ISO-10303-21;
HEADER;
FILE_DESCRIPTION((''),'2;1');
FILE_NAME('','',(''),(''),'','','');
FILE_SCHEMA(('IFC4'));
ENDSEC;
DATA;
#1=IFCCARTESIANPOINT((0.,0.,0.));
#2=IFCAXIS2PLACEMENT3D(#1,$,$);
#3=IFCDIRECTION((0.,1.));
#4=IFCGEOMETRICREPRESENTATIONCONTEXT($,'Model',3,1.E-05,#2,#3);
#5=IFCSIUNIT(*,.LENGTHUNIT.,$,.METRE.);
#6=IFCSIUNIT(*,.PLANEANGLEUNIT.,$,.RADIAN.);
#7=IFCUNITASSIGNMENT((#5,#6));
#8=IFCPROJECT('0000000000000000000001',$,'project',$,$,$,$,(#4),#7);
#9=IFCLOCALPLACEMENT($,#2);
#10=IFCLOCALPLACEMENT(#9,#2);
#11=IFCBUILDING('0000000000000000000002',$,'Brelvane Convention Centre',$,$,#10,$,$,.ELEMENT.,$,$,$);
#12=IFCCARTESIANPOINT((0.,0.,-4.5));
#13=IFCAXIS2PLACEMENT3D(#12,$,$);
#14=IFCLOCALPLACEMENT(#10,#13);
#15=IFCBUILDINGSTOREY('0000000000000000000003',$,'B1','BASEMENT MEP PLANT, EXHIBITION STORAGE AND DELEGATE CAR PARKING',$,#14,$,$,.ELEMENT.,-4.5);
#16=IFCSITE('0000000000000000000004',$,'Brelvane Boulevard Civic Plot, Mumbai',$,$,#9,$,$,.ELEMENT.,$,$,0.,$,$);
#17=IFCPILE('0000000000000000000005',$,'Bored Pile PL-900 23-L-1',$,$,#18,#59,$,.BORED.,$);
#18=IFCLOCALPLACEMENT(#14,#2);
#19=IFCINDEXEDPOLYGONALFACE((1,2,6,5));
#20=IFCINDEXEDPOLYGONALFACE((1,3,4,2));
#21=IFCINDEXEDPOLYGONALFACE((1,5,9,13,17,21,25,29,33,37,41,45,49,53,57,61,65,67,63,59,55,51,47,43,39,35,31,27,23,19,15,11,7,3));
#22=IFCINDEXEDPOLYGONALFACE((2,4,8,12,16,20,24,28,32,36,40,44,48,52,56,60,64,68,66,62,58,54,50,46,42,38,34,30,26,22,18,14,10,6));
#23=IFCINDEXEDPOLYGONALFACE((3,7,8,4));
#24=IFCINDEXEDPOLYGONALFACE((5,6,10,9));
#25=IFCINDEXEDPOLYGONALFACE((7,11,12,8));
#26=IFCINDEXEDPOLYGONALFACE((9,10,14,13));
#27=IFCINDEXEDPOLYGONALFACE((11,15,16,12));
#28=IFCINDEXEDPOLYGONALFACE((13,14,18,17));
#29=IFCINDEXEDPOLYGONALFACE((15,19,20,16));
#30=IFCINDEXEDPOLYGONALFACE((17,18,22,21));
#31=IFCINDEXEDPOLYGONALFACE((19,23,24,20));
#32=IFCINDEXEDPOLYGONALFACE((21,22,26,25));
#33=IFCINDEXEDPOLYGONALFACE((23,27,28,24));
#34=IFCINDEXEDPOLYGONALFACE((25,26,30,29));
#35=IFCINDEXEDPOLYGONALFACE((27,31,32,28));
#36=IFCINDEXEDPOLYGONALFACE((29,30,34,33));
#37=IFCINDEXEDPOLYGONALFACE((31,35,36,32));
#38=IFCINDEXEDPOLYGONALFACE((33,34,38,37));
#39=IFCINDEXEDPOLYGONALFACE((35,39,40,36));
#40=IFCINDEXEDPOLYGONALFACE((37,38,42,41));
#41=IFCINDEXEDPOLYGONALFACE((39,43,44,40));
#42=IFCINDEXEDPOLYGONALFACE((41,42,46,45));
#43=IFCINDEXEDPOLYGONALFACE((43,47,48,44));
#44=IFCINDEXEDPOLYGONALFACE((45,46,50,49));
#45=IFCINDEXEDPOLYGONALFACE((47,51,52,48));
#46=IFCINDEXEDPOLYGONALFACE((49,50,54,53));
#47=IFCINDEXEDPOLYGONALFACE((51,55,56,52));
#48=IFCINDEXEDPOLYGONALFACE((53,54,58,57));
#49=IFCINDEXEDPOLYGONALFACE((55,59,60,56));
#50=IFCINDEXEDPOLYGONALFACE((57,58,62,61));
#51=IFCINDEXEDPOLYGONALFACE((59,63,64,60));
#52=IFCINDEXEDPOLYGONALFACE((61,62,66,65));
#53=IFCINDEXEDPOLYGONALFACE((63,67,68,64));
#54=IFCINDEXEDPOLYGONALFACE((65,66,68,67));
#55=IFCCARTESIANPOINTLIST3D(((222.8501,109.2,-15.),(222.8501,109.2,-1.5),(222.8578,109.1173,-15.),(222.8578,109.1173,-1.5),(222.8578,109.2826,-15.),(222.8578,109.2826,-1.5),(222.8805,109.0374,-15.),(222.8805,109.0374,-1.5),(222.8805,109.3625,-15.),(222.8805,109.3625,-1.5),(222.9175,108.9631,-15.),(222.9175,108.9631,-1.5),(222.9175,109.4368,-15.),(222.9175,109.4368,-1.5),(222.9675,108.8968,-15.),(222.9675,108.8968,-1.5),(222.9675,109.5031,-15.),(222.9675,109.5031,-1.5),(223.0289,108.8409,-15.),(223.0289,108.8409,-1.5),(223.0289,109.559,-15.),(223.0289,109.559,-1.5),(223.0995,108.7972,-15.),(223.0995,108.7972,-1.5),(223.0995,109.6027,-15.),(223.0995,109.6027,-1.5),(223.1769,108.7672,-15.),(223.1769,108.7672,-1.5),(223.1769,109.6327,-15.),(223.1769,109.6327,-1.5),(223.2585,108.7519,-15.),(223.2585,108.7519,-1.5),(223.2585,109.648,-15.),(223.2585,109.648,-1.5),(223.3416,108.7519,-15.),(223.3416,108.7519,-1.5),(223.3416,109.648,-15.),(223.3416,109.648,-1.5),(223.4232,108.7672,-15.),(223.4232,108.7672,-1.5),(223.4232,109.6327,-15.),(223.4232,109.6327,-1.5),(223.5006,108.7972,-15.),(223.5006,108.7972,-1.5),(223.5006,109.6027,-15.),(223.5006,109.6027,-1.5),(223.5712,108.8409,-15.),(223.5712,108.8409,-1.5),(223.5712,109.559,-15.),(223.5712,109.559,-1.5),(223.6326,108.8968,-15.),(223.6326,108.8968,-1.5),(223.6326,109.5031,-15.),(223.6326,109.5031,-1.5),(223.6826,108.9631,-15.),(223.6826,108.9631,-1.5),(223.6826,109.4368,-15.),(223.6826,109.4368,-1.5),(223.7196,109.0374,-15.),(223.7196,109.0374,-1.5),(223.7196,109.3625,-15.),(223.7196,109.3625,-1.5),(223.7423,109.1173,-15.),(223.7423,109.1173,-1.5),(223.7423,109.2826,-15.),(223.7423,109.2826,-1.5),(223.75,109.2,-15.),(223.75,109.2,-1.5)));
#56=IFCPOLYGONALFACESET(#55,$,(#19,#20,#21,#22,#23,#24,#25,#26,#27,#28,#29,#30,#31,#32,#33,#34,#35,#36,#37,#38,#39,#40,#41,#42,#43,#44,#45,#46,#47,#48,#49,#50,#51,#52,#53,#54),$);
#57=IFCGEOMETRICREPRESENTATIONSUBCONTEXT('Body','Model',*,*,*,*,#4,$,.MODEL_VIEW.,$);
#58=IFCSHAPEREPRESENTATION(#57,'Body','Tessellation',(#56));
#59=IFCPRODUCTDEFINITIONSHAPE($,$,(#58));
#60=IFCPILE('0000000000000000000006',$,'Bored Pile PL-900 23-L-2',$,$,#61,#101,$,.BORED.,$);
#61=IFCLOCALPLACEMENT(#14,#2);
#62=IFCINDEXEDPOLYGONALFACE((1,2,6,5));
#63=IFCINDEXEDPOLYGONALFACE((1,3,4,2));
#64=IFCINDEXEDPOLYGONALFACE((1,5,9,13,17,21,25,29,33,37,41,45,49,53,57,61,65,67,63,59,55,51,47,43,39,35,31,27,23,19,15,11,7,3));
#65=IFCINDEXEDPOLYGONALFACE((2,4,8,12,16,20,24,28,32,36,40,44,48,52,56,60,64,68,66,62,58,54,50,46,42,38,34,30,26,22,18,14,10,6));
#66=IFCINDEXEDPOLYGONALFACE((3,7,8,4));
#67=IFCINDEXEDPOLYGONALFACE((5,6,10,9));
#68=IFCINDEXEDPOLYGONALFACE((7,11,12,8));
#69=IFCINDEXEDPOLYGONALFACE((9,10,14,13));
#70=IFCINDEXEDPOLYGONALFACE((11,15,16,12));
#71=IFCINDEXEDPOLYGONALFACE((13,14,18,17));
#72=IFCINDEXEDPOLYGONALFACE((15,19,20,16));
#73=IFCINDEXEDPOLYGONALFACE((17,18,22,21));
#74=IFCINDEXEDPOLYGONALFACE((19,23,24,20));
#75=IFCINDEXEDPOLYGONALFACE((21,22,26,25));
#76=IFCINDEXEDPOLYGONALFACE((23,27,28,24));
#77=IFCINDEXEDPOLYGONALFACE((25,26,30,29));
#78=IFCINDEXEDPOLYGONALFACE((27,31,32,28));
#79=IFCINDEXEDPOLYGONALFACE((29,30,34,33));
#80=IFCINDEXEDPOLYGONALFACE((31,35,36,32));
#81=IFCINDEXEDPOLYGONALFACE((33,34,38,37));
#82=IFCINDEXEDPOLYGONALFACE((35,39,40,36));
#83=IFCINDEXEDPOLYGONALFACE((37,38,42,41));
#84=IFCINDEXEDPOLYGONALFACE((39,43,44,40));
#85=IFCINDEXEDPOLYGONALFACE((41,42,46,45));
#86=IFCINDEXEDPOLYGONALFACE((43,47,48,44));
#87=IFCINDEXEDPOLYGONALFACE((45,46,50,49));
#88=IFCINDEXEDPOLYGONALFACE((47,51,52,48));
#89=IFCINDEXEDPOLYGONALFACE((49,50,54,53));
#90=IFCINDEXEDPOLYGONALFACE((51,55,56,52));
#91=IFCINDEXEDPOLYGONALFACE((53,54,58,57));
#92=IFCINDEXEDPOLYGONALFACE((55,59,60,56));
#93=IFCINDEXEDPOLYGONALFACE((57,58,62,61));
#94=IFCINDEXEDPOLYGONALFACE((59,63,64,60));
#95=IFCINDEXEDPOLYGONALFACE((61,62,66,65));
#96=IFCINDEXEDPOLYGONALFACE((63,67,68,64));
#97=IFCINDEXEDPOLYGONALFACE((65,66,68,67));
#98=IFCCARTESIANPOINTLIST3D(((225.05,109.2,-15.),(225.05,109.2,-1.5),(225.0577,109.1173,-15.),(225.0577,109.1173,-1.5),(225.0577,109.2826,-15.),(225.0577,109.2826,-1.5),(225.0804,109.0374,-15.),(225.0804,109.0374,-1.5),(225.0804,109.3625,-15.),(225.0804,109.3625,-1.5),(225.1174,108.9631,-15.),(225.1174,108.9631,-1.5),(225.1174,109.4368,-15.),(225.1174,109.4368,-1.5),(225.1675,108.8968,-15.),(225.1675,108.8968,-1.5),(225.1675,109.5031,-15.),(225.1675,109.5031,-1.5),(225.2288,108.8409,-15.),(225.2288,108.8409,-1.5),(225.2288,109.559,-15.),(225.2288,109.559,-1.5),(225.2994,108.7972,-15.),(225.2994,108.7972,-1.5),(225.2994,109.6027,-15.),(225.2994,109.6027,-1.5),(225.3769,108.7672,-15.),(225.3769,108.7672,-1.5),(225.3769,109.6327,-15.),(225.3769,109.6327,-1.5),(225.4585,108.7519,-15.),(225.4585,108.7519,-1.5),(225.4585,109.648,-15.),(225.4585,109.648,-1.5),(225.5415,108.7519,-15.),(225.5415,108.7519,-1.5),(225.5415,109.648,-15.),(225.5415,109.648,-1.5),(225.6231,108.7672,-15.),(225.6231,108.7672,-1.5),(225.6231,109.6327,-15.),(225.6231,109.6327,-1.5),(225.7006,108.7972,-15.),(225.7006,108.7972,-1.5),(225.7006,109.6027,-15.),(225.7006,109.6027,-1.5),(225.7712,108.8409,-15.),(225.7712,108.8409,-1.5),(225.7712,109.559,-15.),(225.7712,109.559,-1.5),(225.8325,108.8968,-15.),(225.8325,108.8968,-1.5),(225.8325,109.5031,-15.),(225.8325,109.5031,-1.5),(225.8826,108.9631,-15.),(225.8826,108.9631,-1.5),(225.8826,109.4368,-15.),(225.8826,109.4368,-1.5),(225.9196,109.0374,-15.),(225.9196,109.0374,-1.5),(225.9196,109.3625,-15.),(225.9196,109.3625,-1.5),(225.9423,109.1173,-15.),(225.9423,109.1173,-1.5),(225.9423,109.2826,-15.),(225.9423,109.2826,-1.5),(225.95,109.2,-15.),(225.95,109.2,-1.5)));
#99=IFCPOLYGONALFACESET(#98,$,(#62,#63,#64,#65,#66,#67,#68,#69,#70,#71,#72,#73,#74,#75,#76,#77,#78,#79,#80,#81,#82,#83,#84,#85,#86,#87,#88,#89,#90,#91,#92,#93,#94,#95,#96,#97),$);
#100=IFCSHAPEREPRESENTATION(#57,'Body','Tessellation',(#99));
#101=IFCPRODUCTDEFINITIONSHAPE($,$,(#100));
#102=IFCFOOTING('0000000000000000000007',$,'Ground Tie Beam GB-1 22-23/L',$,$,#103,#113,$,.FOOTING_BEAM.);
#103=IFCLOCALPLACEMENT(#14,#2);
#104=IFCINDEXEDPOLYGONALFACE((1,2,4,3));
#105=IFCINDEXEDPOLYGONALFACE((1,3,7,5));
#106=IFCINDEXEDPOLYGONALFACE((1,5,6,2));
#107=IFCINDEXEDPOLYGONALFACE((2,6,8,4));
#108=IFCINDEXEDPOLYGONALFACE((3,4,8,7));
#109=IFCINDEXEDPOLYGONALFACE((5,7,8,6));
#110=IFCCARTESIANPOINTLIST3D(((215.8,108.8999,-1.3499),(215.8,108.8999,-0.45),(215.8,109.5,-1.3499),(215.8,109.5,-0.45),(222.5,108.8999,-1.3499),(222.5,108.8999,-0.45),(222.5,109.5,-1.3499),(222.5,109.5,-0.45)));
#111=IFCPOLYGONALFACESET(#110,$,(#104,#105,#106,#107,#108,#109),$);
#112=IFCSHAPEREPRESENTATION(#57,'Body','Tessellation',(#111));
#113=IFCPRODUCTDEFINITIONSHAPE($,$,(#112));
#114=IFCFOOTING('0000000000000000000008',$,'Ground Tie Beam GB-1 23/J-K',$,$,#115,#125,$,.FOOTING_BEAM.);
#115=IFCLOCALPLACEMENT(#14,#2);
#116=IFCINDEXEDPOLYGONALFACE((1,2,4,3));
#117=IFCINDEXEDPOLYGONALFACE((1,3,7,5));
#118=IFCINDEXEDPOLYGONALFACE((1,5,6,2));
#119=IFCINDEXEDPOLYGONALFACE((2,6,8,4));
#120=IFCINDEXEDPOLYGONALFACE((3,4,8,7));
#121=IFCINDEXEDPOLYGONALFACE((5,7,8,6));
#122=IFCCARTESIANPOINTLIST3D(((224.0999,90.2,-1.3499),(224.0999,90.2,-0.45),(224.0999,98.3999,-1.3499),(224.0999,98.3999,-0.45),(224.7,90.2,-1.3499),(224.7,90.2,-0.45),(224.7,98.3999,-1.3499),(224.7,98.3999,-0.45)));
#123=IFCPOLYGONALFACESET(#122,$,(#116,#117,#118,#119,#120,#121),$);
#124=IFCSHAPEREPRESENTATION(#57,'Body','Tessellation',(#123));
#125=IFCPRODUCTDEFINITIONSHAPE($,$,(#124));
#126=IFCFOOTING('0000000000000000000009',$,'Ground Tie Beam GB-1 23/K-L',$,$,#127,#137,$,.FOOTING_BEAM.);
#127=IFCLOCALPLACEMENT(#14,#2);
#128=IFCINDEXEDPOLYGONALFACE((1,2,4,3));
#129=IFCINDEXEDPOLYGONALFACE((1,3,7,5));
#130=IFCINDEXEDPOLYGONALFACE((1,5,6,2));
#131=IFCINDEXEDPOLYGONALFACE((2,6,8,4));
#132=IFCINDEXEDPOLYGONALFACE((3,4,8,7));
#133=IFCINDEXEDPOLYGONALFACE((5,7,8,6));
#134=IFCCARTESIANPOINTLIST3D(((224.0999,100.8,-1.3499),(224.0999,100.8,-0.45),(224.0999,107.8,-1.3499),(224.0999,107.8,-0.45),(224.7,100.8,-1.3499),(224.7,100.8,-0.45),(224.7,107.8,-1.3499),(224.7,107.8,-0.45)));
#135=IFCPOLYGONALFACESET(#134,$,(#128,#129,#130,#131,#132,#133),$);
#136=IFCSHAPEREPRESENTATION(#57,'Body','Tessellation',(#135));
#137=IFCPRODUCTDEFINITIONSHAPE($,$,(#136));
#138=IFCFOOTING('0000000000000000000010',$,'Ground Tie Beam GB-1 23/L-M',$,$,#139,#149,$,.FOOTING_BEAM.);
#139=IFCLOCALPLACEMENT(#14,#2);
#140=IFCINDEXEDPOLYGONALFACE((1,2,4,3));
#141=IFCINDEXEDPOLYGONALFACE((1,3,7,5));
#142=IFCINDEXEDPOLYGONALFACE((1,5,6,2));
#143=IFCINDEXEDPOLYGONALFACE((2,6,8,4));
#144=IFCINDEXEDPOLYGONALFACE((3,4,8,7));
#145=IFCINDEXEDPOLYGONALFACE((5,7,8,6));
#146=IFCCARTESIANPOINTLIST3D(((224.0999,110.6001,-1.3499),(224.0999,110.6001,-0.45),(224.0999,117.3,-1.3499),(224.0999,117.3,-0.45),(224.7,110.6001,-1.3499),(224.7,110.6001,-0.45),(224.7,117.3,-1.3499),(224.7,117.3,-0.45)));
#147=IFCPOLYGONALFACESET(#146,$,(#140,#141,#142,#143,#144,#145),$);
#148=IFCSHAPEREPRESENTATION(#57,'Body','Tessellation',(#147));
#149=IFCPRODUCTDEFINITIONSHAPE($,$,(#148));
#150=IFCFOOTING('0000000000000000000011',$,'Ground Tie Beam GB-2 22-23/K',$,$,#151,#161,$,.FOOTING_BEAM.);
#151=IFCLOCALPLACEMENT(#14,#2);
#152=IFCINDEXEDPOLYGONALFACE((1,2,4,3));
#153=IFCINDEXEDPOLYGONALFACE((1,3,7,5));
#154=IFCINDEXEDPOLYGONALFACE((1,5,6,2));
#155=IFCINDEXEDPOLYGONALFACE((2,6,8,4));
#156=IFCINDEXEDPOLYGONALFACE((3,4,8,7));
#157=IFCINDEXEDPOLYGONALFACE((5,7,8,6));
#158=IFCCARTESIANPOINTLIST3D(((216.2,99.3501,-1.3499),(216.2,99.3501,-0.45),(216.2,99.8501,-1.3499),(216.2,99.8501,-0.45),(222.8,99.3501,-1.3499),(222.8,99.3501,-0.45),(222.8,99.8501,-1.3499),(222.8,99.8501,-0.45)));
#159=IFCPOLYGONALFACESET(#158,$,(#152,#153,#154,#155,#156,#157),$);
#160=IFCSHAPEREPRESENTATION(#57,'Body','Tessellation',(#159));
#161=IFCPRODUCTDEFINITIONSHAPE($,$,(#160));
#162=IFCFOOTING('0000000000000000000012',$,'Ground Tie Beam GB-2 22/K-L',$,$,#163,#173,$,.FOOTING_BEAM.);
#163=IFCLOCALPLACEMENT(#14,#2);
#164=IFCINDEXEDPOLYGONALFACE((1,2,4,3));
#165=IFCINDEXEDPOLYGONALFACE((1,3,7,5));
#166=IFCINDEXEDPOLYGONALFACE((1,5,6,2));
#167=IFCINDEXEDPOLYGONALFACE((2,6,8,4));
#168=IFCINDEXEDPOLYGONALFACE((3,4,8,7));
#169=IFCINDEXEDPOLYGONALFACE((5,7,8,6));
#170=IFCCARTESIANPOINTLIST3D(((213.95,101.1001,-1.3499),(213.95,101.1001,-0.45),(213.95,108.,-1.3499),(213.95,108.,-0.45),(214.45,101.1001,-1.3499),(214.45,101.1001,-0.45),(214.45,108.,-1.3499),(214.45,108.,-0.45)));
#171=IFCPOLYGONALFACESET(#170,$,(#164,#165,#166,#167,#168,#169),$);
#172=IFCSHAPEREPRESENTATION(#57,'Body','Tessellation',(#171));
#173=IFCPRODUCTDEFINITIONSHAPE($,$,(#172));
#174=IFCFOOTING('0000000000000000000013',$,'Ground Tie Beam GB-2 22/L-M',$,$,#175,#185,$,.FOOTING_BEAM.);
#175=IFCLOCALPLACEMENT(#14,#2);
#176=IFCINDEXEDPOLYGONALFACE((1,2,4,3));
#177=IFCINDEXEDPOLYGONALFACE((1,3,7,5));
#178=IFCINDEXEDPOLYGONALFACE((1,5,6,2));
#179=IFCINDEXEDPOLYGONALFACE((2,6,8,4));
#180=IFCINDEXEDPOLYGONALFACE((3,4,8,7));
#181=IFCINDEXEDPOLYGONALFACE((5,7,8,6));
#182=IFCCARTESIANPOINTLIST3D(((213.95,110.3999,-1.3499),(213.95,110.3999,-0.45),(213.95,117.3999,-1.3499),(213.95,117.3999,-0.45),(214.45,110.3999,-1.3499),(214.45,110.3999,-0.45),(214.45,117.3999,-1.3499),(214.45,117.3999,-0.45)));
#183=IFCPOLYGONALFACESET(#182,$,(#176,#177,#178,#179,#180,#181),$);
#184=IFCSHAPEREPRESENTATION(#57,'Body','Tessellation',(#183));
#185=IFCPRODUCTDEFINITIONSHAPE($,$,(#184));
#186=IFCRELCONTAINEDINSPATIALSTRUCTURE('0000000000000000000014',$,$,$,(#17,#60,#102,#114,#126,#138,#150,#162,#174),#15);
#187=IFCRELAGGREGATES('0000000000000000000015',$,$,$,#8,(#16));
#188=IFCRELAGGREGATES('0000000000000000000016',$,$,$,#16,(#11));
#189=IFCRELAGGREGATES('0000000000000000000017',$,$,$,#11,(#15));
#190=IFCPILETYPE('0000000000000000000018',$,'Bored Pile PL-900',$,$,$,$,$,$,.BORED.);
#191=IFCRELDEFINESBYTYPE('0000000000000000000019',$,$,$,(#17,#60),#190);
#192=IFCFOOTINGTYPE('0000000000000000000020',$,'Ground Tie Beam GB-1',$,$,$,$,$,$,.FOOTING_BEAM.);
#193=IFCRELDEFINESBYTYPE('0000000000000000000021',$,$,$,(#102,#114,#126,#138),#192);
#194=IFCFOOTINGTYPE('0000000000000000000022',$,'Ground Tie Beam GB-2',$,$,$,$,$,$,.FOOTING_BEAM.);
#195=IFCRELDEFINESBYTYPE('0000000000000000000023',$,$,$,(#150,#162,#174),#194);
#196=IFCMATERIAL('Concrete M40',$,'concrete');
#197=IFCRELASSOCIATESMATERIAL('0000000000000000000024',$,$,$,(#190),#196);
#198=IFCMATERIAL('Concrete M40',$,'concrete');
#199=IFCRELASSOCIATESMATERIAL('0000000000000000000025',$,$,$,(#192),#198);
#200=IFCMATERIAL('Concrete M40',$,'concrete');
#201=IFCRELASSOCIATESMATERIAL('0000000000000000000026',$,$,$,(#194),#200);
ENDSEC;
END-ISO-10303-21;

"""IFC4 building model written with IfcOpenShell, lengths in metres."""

from ifc_helpers import new_model, si_unit, direction, frame, origin, origin_2d, place, context, subcontext, project, spatial, rectangle, circle, extrude, material, material_profile, profile_set, type_object, element, save


model = new_model("IFC4")

# Units and contexts
model_context = context("Model", 3, precision=1e-05, world=origin(), true_north=direction((0.0, 1.0)))
body_context = subcontext(model_context, "Body", "Model", "MODEL_VIEW")
ifc_project = project(units=[si_unit("LENGTHUNIT", "METRE"), si_unit("PLANEANGLEUNIT", "RADIAN")], contexts=[model_context])

# Site, building, storey
site_placement = place(None, origin())
site = spatial("IfcSite", under=ifc_project, at=site_placement, Name="Brelvane Boulevard Civic Plot, Mumbai", CompositionType="ELEMENT", RefElevation=0.0)
building_placement = place(site_placement, origin())
building = spatial("IfcBuilding", under=site, at=building_placement, Name="Brelvane Convention Centre", CompositionType="ELEMENT")
storey_placement = place(building_placement, frame((0.0, 0.0, -4.5)))
storey = spatial("IfcBuildingStorey", under=building, at=storey_placement, Name="B1", Description="BASEMENT MEP PLANT, EXHIBITION STORAGE AND DELEGATE CAR PARKING", CompositionType="ELEMENT", Elevation=-4.5)

# Piles
ifc_material_1 = material(Name="Concrete M40", Category="concrete")
ifc_material_profile_1 = material_profile(ifc_material_1, circle(Radius=0.45, at=origin_2d()), Name="PILE D900")
ifc_profile_set_1 = profile_set([ifc_material_profile_1], Name="Concrete M40")
pile_type_1 = type_object("IfcPileType", Name="Bored Pile PL-900", PredefinedType="BORED", material=ifc_profile_set_1)
for number, where, z_axis, x_axis, name in (
    (1, (223.3, 109.2, -1.5), (0.0, 0.0, -1.0), (1.0, 0.0, 0.0), "Bored Pile PL-900 23-L-1"),
    (2, (225.5, 109.2, -1.5), (0.0, 0.0, -1.0), (1.0, 0.0, 0.0), "Bored Pile PL-900 23-L-2"),
):
    element("IfcPile", number, at=place(storey_placement, frame(where, z_axis=z_axis, x_axis=x_axis)), inside=storey, type_object=pile_type_1, Name=name, PredefinedType="BORED", context=body_context, shape_type="SweptSolid", body=[
        extrude(circle(Radius=0.45, at=origin_2d()), origin(), (0.0, 0.0, 1.0), 13.5),
    ])

# Footings
ifc_material_2 = material(Name="Concrete M40", Category="concrete")
ifc_material_profile_2 = material_profile(ifc_material_2, rectangle(XDim=0.6001, YDim=0.8999, at=origin_2d()), Name="RC 600x900")
ifc_profile_set_2 = profile_set([ifc_material_profile_2], Name="Concrete M40")
footing_type_1 = type_object("IfcFootingType", Name="Ground Tie Beam GB-1", PredefinedType="FOOTING_BEAM", material=ifc_profile_set_2)
footing_1_placement = place(storey_placement, frame((215.8, 109.2, -0.8999), z_axis=(1.0, 0.0, 0.0), x_axis=(0.0, 1.0, 0.0)))
element("IfcFooting", 3, at=footing_1_placement, inside=storey, type_object=footing_type_1, Name="Ground Tie Beam GB-1 22-23/L", PredefinedType="FOOTING_BEAM", context=body_context, shape_type="SweptSolid", body=[
    extrude(rectangle(XDim=0.6001, YDim=0.8999, at=origin_2d()), origin(), (0.0, 0.0, 1.0), 6.7),
])
footing_2_placement = place(storey_placement, frame((224.3999, 90.2, -0.8999), z_axis=(0.0, 1.0, 0.0), x_axis=(-1.0, 0.0, 0.0)))
element("IfcFooting", 4, at=footing_2_placement, inside=storey, type_object=footing_type_1, Name="Ground Tie Beam GB-1 23/J-K", PredefinedType="FOOTING_BEAM", context=body_context, shape_type="SweptSolid", body=[
    extrude(rectangle(XDim=0.6001, YDim=0.8999, at=origin_2d()), origin(), (0.0, 0.0, 1.0), 8.2),
])
footing_3_placement = place(storey_placement, frame((224.3999, 100.8, -0.8999), z_axis=(0.0, 1.0, 0.0), x_axis=(-1.0, 0.0, 0.0)))
element("IfcFooting", 5, at=footing_3_placement, inside=storey, type_object=footing_type_1, Name="Ground Tie Beam GB-1 23/K-L", PredefinedType="FOOTING_BEAM", context=body_context, shape_type="SweptSolid", body=[
    extrude(rectangle(XDim=0.6001, YDim=0.8999, at=origin_2d()), origin(), (0.0, 0.0, 1.0), 7.0),
])
footing_4_placement = place(storey_placement, frame((224.3999, 110.6001, -0.8999), z_axis=(0.0, 1.0, 0.0), x_axis=(-1.0, 0.0, 0.0)))
element("IfcFooting", 6, at=footing_4_placement, inside=storey, type_object=footing_type_1, Name="Ground Tie Beam GB-1 23/L-M", PredefinedType="FOOTING_BEAM", context=body_context, shape_type="SweptSolid", body=[
    extrude(rectangle(XDim=0.6001, YDim=0.8999, at=origin_2d()), origin(), (0.0, 0.0, 1.0), 6.7),
])
ifc_material_3 = material(Name="Concrete M40", Category="concrete")
ifc_material_profile_3 = material_profile(ifc_material_3, rectangle(XDim=0.5, YDim=0.8999, at=origin_2d()), Name="RC 500x900")
ifc_profile_set_3 = profile_set([ifc_material_profile_3], Name="Concrete M40")
footing_type_2 = type_object("IfcFootingType", Name="Ground Tie Beam GB-2", PredefinedType="FOOTING_BEAM", material=ifc_profile_set_3)
footing_5_placement = place(storey_placement, frame((216.2, 99.6001, -0.8999), z_axis=(1.0, 0.0, 0.0), x_axis=(0.0, 1.0, 0.0)))
element("IfcFooting", 7, at=footing_5_placement, inside=storey, type_object=footing_type_2, Name="Ground Tie Beam GB-2 22-23/K", PredefinedType="FOOTING_BEAM", context=body_context, shape_type="SweptSolid", body=[
    extrude(rectangle(XDim=0.5, YDim=0.8999, at=origin_2d()), origin(), (0.0, 0.0, 1.0), 6.6001),
])
footing_6_placement = place(storey_placement, frame((214.2, 101.1001, -0.8999), z_axis=(0.0, 1.0, 0.0), x_axis=(-1.0, 0.0, 0.0)))
element("IfcFooting", 8, at=footing_6_placement, inside=storey, type_object=footing_type_2, Name="Ground Tie Beam GB-2 22/K-L", PredefinedType="FOOTING_BEAM", context=body_context, shape_type="SweptSolid", body=[
    extrude(rectangle(XDim=0.5, YDim=0.8999, at=origin_2d()), origin(), (0.0, 0.0, 1.0), 6.8999),
])
footing_7_placement = place(storey_placement, frame((214.2, 110.3999, -0.8999), z_axis=(0.0, 1.0, 0.0), x_axis=(-1.0, 0.0, 0.0)))
element("IfcFooting", 9, at=footing_7_placement, inside=storey, type_object=footing_type_2, Name="Ground Tie Beam GB-2 22/L-M", PredefinedType="FOOTING_BEAM", context=body_context, shape_type="SweptSolid", body=[
    extrude(rectangle(XDim=0.5, YDim=0.8999, at=origin_2d()), origin(), (0.0, 0.0, 1.0), 7.0),
])

save(model, "model.ifc")
